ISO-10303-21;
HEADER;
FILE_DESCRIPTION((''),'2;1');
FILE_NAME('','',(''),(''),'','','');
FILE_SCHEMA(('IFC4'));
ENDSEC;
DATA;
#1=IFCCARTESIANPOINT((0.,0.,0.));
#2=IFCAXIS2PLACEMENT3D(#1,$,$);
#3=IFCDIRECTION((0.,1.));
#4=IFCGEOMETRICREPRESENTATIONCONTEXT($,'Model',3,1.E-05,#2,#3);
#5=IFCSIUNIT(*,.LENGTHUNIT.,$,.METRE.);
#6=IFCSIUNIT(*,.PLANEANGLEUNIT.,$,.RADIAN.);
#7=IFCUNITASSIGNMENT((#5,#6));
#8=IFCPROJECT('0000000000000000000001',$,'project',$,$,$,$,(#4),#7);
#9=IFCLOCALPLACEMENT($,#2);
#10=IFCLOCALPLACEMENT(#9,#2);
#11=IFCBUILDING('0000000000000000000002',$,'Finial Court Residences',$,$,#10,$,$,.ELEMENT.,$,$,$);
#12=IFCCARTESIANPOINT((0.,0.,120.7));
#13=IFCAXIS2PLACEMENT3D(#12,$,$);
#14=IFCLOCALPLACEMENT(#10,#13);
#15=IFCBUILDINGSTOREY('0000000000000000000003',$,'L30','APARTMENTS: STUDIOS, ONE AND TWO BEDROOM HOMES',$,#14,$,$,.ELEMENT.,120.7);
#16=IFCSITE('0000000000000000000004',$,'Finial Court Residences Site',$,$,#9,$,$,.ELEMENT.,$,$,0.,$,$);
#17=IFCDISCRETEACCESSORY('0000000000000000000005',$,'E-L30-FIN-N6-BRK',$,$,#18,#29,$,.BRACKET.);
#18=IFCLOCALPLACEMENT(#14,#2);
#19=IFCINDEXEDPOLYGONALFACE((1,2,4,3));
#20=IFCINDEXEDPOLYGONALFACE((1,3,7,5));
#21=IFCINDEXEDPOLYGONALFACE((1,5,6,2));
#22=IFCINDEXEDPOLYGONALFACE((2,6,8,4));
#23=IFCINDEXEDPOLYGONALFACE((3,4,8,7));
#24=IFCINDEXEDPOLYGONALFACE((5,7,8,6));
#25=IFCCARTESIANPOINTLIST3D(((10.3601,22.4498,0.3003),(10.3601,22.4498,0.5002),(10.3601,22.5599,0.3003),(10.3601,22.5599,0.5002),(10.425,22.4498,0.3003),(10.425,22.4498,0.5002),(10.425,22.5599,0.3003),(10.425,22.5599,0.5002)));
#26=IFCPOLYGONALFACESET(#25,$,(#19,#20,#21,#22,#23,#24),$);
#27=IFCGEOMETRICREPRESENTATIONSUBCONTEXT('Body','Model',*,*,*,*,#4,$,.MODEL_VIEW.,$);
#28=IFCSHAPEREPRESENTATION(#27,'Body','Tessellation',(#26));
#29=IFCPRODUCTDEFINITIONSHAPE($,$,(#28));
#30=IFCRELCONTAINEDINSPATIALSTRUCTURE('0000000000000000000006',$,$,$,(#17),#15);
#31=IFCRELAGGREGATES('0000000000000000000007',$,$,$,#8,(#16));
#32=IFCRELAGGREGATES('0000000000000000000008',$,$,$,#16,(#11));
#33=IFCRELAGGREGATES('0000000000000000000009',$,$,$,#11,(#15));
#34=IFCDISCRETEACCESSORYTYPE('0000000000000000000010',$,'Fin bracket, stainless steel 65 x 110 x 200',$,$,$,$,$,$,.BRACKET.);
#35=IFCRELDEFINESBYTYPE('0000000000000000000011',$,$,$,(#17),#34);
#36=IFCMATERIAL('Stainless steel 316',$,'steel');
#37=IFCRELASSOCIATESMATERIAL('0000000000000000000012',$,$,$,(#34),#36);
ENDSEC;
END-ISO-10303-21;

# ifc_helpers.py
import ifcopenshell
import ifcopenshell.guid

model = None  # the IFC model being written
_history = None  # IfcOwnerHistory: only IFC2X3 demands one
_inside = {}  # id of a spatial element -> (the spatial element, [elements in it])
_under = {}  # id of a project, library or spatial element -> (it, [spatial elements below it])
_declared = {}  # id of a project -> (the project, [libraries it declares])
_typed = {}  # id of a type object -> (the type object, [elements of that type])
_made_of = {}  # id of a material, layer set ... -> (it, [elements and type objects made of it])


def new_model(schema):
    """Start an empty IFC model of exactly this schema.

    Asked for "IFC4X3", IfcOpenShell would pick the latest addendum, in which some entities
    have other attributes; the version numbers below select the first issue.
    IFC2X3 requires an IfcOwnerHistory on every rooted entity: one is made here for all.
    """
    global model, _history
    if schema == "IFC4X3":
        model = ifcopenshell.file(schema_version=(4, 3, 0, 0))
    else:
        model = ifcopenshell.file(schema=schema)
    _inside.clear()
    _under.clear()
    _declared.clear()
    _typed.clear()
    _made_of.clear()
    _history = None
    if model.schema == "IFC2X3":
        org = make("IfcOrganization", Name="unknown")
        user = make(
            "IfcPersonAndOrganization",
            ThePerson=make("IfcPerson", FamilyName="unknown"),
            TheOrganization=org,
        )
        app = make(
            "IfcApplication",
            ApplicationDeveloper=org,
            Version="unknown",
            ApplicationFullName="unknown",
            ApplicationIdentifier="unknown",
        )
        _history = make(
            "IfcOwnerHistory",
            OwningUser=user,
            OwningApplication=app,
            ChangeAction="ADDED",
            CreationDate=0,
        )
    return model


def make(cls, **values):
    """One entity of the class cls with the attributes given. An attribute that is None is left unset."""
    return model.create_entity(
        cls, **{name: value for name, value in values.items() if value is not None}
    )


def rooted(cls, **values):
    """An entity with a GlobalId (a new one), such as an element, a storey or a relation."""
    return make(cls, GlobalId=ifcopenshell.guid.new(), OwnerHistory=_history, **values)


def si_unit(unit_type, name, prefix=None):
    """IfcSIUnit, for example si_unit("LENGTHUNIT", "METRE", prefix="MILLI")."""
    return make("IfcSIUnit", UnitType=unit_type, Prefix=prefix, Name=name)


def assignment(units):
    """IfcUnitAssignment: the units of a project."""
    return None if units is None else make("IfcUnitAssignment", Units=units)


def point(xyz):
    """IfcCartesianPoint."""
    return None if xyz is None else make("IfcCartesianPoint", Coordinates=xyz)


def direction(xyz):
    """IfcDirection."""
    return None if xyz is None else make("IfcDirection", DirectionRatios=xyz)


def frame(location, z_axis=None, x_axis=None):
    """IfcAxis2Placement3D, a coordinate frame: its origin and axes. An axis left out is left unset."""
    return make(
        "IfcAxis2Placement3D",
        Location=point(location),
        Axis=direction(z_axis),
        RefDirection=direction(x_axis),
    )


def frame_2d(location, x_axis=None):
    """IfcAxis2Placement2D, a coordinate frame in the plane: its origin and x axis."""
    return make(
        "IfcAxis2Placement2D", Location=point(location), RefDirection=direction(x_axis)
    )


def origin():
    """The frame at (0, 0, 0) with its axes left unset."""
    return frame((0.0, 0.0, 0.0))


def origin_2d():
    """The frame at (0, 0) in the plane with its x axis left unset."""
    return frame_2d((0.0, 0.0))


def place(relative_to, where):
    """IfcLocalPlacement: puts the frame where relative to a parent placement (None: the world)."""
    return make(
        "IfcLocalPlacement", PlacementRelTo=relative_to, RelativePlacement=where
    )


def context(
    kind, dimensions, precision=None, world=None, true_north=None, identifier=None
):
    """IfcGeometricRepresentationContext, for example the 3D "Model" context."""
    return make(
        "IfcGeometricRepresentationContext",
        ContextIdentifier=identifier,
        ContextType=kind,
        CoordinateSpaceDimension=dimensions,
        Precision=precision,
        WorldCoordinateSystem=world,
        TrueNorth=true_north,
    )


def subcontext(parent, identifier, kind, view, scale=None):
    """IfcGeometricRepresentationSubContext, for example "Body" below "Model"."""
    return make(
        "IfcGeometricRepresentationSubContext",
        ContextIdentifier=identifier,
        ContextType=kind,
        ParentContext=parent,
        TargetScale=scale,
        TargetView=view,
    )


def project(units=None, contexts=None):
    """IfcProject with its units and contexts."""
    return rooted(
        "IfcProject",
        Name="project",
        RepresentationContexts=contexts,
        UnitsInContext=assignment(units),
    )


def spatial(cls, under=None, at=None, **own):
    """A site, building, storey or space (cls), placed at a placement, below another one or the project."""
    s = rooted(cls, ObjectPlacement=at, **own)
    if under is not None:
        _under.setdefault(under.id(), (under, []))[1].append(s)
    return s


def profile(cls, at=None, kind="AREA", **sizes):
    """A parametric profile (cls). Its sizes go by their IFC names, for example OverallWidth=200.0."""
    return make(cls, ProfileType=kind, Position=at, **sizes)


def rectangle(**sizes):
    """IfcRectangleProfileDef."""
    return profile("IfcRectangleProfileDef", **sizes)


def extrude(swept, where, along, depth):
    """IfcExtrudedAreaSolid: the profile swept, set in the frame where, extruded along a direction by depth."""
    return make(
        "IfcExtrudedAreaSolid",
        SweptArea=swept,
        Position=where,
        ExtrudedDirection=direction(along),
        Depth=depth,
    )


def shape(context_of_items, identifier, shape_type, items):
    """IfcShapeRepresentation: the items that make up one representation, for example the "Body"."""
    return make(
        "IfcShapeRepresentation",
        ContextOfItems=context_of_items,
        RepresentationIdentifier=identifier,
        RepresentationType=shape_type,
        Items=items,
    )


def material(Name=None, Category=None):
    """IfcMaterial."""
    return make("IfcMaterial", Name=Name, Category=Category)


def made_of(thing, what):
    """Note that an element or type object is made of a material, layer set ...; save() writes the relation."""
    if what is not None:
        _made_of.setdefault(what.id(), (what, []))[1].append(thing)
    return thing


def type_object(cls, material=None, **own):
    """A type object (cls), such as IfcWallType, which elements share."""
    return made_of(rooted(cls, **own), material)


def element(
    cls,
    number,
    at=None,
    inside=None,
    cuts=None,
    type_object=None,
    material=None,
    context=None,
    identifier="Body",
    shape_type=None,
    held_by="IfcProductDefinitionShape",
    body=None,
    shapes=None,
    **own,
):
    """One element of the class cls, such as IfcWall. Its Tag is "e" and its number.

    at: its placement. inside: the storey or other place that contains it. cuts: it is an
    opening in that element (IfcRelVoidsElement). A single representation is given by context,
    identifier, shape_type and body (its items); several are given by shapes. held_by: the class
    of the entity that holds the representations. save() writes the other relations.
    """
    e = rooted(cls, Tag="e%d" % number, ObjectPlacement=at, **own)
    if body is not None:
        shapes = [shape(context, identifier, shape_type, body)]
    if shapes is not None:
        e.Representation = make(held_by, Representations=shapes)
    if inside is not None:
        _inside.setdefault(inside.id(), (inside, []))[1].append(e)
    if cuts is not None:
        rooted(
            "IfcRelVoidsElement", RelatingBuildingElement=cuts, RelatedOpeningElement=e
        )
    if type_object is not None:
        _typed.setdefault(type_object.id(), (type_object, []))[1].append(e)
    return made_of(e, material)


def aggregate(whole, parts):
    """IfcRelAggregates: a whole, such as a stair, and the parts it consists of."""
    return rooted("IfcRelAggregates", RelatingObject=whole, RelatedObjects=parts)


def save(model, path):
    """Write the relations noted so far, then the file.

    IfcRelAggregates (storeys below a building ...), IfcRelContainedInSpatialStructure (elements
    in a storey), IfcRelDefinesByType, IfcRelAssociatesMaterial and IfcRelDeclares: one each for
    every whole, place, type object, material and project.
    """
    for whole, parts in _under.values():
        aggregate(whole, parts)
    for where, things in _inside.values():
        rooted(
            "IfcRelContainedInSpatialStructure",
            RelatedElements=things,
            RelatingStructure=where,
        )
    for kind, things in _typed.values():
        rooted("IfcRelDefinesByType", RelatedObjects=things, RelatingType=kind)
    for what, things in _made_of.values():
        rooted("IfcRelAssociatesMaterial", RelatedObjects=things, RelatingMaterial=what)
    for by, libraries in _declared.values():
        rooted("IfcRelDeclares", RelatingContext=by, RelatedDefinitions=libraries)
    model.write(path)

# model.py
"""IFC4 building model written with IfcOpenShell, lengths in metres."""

from ifc_helpers import new_model, si_unit, direction, frame, origin, origin_2d, place, context, subcontext, project, spatial, rectangle, extrude, material, type_object, element, save


model = new_model("IFC4")

# Units and contexts
model_context = context("Model", 3, precision=1e-05, world=origin(), true_north=direction((0.0, 1.0)))
body_context = subcontext(model_context, "Body", "Model", "MODEL_VIEW")
ifc_project = project(units=[si_unit("LENGTHUNIT", "METRE"), si_unit("PLANEANGLEUNIT", "RADIAN")], contexts=[model_context])

# Site, building, storey
site_placement = place(None, origin())
site = spatial("IfcSite", under=ifc_project, at=site_placement, Name="Finial Court Residences Site", CompositionType="ELEMENT", RefElevation=0.0)
building_placement = place(site_placement, origin())
building = spatial("IfcBuilding", under=site, at=building_placement, Name="Finial Court Residences", CompositionType="ELEMENT")
storey_placement = place(building_placement, frame((0.0, 0.0, 120.7)))
storey = spatial("IfcBuildingStorey", under=building, at=storey_placement, Name="L30", Description="APARTMENTS: STUDIOS, ONE AND TWO BEDROOM HOMES", CompositionType="ELEMENT", Elevation=120.7)

# Discrete accessory
ifc_material_1 = material(Name="Stainless steel 316", Category="steel")
discrete_accessory_type = type_object("IfcDiscreteAccessoryType", Name="Fin bracket, stainless steel 65 x 110 x 200", PredefinedType="BRACKET", material=ifc_material_1)
discrete_accessory_placement = place(storey_placement, frame((10.3926, 22.5049, 0.3003), z_axis=(0.0, 0.0, 1.0), x_axis=(1.0, 0.0, 0.0)))
element("IfcDiscreteAccessory", 1, at=discrete_accessory_placement, inside=storey, type_object=discrete_accessory_type, Name="E-L30-FIN-N6-BRK", PredefinedType="BRACKET", context=body_context, shape_type="SweptSolid", body=[
    extrude(rectangle(XDim=0.0649, YDim=0.1101, at=origin_2d()), origin(), (0.0, 0.0, 1.0), 0.2),
])

save(model, "model.ifc")
